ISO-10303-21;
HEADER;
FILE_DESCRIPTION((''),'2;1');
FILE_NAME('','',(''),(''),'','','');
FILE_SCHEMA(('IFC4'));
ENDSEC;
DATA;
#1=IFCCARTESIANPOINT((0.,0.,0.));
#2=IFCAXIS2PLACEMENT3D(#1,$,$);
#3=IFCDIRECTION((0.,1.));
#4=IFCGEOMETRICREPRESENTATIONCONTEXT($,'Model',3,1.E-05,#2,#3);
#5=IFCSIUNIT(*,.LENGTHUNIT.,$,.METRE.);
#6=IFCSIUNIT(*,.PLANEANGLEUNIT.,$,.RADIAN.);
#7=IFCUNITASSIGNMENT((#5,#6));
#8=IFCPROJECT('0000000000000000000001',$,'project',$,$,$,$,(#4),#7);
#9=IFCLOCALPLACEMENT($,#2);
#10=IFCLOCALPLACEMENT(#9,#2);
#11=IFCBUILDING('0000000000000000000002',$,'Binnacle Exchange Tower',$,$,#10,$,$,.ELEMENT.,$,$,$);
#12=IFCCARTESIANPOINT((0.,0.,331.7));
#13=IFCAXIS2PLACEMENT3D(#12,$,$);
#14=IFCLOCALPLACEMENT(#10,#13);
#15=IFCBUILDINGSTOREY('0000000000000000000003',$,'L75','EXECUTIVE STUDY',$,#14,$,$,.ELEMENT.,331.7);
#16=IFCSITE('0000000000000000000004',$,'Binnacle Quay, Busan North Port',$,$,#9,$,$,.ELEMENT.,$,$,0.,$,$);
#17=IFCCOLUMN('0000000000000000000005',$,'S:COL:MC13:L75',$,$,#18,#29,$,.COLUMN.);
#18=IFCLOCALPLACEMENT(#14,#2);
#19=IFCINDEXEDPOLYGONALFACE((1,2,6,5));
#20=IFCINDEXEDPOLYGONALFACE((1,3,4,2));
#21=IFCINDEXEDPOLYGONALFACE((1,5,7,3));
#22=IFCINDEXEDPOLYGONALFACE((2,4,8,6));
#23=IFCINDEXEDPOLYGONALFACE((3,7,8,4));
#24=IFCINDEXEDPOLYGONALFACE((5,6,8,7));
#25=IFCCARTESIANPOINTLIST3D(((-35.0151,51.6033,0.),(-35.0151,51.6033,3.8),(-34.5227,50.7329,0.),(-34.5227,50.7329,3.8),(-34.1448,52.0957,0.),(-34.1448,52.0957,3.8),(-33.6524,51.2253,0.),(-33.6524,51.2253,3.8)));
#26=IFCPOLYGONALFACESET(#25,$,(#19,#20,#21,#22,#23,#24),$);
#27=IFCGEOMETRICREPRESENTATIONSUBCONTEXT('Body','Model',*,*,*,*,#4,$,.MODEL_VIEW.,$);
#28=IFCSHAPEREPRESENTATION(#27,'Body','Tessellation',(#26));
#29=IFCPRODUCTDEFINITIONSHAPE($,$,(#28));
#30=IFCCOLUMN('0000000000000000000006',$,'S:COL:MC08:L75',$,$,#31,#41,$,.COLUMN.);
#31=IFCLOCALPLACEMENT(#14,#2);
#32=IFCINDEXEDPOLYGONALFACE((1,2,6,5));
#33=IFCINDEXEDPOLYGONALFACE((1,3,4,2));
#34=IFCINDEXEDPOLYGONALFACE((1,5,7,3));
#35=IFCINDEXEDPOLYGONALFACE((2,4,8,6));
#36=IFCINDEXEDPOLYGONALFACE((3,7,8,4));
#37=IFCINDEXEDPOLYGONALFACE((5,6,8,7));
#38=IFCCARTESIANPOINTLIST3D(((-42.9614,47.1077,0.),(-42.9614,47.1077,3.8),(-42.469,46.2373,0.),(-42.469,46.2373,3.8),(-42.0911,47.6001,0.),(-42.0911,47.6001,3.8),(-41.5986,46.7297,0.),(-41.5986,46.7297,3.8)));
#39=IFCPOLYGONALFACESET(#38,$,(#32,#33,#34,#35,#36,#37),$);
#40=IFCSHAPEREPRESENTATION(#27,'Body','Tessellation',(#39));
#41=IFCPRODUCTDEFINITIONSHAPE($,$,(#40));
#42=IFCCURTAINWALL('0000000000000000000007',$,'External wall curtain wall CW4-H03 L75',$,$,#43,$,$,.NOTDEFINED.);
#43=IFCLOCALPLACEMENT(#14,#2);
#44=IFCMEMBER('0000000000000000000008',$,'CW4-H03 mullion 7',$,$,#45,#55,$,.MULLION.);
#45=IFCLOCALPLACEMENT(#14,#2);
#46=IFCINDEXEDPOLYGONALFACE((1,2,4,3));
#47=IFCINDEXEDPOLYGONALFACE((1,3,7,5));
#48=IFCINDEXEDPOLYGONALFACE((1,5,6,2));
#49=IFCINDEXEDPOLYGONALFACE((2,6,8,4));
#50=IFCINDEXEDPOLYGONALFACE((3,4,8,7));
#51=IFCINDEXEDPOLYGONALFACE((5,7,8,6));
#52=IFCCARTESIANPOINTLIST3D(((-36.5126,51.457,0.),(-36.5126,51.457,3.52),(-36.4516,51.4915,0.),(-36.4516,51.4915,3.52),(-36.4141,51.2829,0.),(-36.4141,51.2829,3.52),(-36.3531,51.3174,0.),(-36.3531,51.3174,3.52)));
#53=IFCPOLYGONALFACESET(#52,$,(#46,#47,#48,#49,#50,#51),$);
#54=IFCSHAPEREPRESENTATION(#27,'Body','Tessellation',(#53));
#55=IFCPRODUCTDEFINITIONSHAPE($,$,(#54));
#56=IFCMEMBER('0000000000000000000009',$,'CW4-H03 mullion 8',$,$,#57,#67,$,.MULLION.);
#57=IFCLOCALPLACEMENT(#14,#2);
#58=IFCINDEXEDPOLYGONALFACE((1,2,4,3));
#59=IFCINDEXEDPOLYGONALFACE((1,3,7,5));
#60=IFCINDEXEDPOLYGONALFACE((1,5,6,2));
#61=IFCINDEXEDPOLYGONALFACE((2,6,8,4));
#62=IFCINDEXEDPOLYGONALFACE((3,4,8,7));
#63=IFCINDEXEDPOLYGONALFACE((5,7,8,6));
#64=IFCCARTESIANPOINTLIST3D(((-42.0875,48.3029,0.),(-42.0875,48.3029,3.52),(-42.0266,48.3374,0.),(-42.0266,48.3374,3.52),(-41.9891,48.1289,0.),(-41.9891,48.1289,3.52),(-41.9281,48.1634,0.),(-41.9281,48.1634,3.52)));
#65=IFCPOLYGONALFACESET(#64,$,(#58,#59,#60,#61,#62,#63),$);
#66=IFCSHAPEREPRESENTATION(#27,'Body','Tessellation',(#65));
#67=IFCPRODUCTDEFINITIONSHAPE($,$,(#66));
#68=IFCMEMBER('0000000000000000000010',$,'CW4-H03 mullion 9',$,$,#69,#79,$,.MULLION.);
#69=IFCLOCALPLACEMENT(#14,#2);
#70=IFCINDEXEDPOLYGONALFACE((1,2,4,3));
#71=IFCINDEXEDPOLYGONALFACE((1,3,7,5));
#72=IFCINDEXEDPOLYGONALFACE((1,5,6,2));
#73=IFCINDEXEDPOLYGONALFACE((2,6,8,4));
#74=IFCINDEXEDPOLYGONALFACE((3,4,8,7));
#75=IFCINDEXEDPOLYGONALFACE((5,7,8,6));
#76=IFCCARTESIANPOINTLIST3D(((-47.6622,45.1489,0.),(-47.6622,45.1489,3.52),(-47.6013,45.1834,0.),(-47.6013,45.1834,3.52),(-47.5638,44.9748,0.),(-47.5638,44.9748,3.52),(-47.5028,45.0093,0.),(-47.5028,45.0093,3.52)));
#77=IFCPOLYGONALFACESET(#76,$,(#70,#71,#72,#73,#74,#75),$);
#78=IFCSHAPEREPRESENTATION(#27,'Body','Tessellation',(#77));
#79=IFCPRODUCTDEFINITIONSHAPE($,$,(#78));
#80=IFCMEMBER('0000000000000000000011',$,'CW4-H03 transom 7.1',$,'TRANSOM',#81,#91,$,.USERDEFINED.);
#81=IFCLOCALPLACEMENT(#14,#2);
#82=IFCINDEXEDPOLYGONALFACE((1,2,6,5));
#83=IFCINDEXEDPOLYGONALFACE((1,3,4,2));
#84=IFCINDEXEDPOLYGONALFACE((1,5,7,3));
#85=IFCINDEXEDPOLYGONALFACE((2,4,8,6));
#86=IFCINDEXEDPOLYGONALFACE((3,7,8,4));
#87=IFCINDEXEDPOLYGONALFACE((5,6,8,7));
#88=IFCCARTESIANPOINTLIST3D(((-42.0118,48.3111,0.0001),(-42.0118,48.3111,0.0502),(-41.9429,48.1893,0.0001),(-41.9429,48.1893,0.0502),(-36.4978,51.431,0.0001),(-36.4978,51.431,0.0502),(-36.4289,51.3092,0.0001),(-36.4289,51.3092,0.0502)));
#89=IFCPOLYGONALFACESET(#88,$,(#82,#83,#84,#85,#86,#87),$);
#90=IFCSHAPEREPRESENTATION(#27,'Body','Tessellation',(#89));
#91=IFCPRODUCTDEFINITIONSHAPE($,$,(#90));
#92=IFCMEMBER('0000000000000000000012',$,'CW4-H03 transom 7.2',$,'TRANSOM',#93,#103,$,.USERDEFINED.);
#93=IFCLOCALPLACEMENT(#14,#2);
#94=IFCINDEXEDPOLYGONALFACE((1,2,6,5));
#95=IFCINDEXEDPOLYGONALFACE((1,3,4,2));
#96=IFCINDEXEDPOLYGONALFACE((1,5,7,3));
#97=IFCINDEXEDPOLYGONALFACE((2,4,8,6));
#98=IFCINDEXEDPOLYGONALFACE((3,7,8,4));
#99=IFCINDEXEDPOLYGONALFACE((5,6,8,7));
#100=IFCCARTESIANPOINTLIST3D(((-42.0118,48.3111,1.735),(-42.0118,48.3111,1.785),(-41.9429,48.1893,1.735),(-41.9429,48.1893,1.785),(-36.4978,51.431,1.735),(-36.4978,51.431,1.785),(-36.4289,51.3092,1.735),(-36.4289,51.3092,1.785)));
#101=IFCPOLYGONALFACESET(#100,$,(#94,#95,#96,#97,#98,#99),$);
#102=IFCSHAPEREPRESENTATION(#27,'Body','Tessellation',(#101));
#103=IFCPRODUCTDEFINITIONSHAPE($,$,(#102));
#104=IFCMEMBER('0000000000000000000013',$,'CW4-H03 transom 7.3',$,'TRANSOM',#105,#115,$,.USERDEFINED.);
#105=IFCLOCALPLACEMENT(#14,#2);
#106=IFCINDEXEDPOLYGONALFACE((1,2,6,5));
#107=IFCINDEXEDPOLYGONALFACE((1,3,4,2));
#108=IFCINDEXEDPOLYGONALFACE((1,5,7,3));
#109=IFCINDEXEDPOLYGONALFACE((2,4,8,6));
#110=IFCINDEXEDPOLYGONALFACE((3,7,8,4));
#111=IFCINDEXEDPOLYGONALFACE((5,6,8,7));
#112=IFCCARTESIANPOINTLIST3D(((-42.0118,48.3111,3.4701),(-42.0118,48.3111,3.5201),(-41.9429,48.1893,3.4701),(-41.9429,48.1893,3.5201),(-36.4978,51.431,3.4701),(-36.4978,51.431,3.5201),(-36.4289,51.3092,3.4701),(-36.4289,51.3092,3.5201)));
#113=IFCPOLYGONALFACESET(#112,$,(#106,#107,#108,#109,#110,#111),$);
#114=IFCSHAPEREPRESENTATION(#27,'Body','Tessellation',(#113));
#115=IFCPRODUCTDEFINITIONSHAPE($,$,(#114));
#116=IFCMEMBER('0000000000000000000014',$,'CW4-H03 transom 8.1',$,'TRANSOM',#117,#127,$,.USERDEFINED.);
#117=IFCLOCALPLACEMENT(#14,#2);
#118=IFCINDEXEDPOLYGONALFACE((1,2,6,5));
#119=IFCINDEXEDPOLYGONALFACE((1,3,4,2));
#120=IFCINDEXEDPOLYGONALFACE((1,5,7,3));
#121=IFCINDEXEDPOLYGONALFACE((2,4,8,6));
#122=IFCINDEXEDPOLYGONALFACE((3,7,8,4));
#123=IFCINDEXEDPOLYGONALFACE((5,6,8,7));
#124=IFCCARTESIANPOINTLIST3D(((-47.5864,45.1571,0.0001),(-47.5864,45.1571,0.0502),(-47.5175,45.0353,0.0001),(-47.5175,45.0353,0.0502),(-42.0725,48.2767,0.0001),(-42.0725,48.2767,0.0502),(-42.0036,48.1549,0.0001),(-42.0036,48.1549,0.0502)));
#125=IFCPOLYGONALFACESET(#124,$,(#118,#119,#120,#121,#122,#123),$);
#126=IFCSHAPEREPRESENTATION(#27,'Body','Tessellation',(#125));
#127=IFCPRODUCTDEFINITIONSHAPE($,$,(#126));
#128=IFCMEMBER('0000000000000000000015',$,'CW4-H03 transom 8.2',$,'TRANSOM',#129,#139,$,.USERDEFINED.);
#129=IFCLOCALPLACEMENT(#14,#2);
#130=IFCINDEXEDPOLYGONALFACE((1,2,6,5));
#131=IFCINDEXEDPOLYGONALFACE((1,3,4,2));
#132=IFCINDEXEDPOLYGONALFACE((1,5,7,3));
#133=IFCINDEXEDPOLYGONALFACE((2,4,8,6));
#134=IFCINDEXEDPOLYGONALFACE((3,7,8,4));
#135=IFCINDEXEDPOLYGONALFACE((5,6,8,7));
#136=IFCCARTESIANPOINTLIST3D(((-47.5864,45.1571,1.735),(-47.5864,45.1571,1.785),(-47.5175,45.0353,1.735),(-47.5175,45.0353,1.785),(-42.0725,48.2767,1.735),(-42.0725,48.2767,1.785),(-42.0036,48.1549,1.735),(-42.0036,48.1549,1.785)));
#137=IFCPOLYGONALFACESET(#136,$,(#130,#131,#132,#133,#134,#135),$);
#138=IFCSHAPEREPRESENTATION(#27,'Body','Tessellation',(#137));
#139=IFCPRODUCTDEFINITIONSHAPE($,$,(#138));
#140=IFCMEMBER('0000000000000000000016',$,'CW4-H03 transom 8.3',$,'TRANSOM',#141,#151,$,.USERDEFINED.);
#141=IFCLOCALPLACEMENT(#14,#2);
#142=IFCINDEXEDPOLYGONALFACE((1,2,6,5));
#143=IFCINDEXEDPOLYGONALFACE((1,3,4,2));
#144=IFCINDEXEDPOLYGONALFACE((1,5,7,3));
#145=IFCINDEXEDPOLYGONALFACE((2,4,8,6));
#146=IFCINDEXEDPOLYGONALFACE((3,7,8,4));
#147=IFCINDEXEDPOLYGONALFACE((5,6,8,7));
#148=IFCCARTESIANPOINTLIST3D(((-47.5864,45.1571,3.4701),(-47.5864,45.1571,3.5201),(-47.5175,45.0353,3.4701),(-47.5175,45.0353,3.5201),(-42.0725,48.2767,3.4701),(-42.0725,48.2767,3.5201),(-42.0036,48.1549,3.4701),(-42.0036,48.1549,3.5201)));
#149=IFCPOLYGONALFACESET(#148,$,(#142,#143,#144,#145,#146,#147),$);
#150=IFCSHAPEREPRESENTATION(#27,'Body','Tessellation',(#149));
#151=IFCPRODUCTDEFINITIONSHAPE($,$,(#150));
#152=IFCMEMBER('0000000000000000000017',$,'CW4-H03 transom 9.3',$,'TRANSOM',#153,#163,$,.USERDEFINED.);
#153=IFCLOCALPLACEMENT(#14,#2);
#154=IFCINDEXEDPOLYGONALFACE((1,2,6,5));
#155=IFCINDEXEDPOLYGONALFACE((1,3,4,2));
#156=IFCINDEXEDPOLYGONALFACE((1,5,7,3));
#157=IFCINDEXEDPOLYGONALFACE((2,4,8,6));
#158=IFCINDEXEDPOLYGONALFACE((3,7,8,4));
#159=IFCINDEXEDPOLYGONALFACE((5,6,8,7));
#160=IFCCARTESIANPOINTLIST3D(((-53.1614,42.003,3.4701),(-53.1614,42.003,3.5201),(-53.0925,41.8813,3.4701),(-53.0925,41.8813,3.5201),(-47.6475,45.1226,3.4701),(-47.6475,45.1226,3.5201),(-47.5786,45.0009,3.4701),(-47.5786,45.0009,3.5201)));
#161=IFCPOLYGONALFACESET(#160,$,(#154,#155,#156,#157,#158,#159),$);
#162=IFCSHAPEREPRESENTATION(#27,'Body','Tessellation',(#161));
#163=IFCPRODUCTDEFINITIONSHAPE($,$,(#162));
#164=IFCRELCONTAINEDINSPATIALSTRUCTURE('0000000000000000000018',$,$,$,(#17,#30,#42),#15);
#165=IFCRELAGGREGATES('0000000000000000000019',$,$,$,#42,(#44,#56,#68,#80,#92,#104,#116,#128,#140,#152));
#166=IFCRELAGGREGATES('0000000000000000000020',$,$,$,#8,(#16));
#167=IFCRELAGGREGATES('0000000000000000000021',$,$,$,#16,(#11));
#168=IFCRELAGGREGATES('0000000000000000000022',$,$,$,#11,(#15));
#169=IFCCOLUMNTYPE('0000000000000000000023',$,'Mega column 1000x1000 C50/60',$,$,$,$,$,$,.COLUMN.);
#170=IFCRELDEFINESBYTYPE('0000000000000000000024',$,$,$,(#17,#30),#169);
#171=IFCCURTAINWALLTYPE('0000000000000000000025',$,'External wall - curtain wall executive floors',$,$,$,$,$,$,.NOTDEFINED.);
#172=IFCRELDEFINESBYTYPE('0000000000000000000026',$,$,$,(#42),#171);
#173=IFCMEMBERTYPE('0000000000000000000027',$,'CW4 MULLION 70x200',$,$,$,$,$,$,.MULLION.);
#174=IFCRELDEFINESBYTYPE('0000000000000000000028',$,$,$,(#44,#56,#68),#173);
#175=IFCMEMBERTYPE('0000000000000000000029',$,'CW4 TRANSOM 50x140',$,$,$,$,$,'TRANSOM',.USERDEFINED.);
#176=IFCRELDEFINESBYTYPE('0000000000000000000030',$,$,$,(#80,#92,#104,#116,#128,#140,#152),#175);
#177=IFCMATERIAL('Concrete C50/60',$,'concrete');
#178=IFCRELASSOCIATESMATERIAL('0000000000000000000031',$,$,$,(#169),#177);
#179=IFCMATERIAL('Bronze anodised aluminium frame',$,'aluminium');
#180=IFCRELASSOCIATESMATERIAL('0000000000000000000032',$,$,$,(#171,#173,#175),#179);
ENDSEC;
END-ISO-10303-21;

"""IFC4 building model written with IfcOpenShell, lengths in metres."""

from ifc_helpers import new_model, si_unit, direction, frame, origin, origin_2d, place, context, subcontext, project, spatial, rectangle, extrude, material, material_profile, profile_set, type_object, element, aggregate, save


model = new_model("IFC4")

# Units and contexts
model_context = context("Model", 3, precision=1e-05, world=origin(), true_north=direction((0.0, 1.0)))
body_context = subcontext(model_context, "Body", "Model", "MODEL_VIEW")
ifc_project = project(units=[si_unit("LENGTHUNIT", "METRE"), si_unit("PLANEANGLEUNIT", "RADIAN")], contexts=[model_context])

# Site, building, storey
site_placement = place(None, origin())
site = spatial("IfcSite", under=ifc_project, at=site_placement, Name="Binnacle Quay, Busan North Port", CompositionType="ELEMENT", RefElevation=0.0)
building_placement = place(site_placement, origin())
building = spatial("IfcBuilding", under=site, at=building_placement, Name="Binnacle Exchange Tower", CompositionType="ELEMENT")
storey_placement = place(building_placement, frame((0.0, 0.0, 331.7)))
storey = spatial("IfcBuildingStorey", under=building, at=storey_placement, Name="L75", Description="EXECUTIVE STUDY", CompositionType="ELEMENT", Elevation=331.7)

# Columns
ifc_material_1 = material(Name="Concrete C50/60", Category="concrete")
ifc_material_profile_1 = material_profile(ifc_material_1, rectangle(XDim=1.0, YDim=1.0, at=origin_2d()), Name="Mega column 1000x1000 C50/60")
ifc_profile_set_1 = profile_set([ifc_material_profile_1], Name="Concrete C50/60")
column_type = type_object("IfcColumnType", Name="Mega column 1000x1000 C50/60", PredefinedType="COLUMN", material=ifc_profile_set_1)
for number, where, z_axis, x_axis, name in (
    (1, (-34.3337, 51.4143, 0.0), (0.0, 0.0, 1.0), (-0.870356, -0.492424, 0.0), "S:COL:MC13:L75"),
    (2, (-42.28, 46.9187, 0.0), (0.0, 0.0, 1.0), (-0.870356, -0.492424, 0.0), "S:COL:MC08:L75"),
):
    element("IfcColumn", number, at=place(storey_placement, frame(where, z_axis=z_axis, x_axis=x_axis)), inside=storey, type_object=column_type, Name=name, PredefinedType="COLUMN", context=body_context, shape_type="SweptSolid", body=[
        extrude(rectangle(XDim=1.0, YDim=1.0, at=origin_2d()), origin(), (0.0, 0.0, 1.0), 3.8),
    ])

# Curtain wall, members
ifc_material_2 = material(Name="Bronze anodised aluminium frame", Category="aluminium")
curtain_wall_type = type_object("IfcCurtainWallType", Name="External wall - curtain wall executive floors", PredefinedType="NOTDEFINED", material=ifc_material_2)
curtain_wall_placement = place(storey_placement, origin())
curtain_wall = element("IfcCurtainWall", 3, at=curtain_wall_placement, inside=storey, type_object=curtain_wall_type, Name="External wall curtain wall CW4-H03 L75", PredefinedType="NOTDEFINED")
ifc_material_profile_2 = material_profile(ifc_material_2, rectangle(XDim=0.2, YDim=0.0701, at=origin_2d()), Name="AL 70x200")
ifc_profile_set_2 = profile_set([ifc_material_profile_2], Name="Bronze anodised aluminium frame")
member_type_1 = type_object("IfcMemberType", Name="CW4 MULLION 70x200", PredefinedType="MULLION", material=ifc_profile_set_2)
member_1_placement = place(storey_placement, frame((-36.4329, 51.3872, 0.0), z_axis=(0.0, 0.0, 1.0), x_axis=(0.492424, -0.870356, 0.0)))
member_1 = element("IfcMember", 4, at=member_1_placement, type_object=member_type_1, Name="CW4-H03 mullion 7", PredefinedType="MULLION", context=body_context, shape_type="SweptSolid", body=[
    extrude(rectangle(XDim=0.2, YDim=0.0701, at=origin_2d()), origin(), (0.0, 0.0, 1.0), 3.52),
])
member_2_placement = place(storey_placement, frame((-42.0078, 48.2332, 0.0), z_axis=(0.0, 0.0, 1.0), x_axis=(0.492424, -0.870356, 0.0)))
member_2 = element("IfcMember", 5, at=member_2_placement, type_object=member_type_1, Name="CW4-H03 mullion 8", PredefinedType="MULLION", context=body_context, shape_type="SweptSolid", body=[
    extrude(rectangle(XDim=0.2, YDim=0.0701, at=origin_2d()), origin(), (0.0, 0.0, 1.0), 3.52),
])
member_3_placement = place(storey_placement, frame((-47.5825, 45.0791, 0.0), z_axis=(0.0, 0.0, 1.0), x_axis=(0.492424, -0.870356, 0.0)))
member_3 = element("IfcMember", 6, at=member_3_placement, type_object=member_type_1, Name="CW4-H03 mullion 9", PredefinedType="MULLION", context=body_context, shape_type="SweptSolid", body=[
    extrude(rectangle(XDim=0.2, YDim=0.0701, at=origin_2d()), origin(), (0.0, 0.0, 1.0), 3.52),
])
ifc_material_profile_3 = material_profile(ifc_material_2, rectangle(XDim=0.1399, YDim=0.05, at=origin_2d()), Name="AL 140x50")
ifc_profile_set_3 = profile_set([ifc_material_profile_3], Name="Bronze anodised aluminium frame")
member_type_2 = type_object("IfcMemberType", Name="CW4 TRANSOM 50x140", ElementType="TRANSOM", PredefinedType="USERDEFINED", material=ifc_profile_set_3)
member_4_placement = place(storey_placement, frame((-36.4634, 51.3701, 0.0251), z_axis=(-0.870339, -0.492453, 0.0), x_axis=(0.492453, -0.870339, 0.0)))
member_4 = element("IfcMember", 7, at=member_4_placement, type_object=member_type_2, Name="CW4-H03 transom 7.1", ObjectType="TRANSOM", PredefinedType="USERDEFINED", context=body_context, shape_type="SweptSolid", body=[
    extrude(rectangle(XDim=0.1399, YDim=0.05, at=origin_2d()), origin(), (0.0, 0.0, 1.0), 6.3354),
])
member_5_placement = place(storey_placement, frame((-36.4634, 51.3701, 1.76), z_axis=(-0.870339, -0.492453, 0.0), x_axis=(0.492453, -0.870339, 0.0)))
member_5 = element("IfcMember", 8, at=member_5_placement, type_object=member_type_2, Name="CW4-H03 transom 7.2", ObjectType="TRANSOM", PredefinedType="USERDEFINED", context=body_context, shape_type="SweptSolid", body=[
    extrude(rectangle(XDim=0.1399, YDim=0.05, at=origin_2d()), origin(), (0.0, 0.0, 1.0), 6.3354),
])
member_6_placement = place(storey_placement, frame((-36.4634, 51.3701, 3.4951), z_axis=(-0.870339, -0.492453, 0.0), x_axis=(0.492453, -0.870339, 0.0)))
member_6 = element("IfcMember", 9, at=member_6_placement, type_object=member_type_2, Name="CW4-H03 transom 7.3", ObjectType="TRANSOM", PredefinedType="USERDEFINED", context=body_context, shape_type="SweptSolid", body=[
    extrude(rectangle(XDim=0.1399, YDim=0.05, at=origin_2d()), origin(), (0.0, 0.0, 1.0), 6.3354),
])
member_7_placement = place(storey_placement, frame((-42.0381, 48.2158, 0.0251), z_axis=(-0.870355, -0.492424, 0.0), x_axis=(0.492424, -0.870355, 0.0)))
member_7 = element("IfcMember", 10, at=member_7_placement, type_object=member_type_2, Name="CW4-H03 transom 8.1", ObjectType="TRANSOM", PredefinedType="USERDEFINED", context=body_context, shape_type="SweptSolid", body=[
    extrude(rectangle(XDim=0.1399, YDim=0.05, at=origin_2d()), origin(), (0.0, 0.0, 1.0), 6.3352),
])
member_8_placement = place(storey_placement, frame((-42.0381, 48.2158, 1.76), z_axis=(-0.870355, -0.492424, 0.0), x_axis=(0.492424, -0.870355, 0.0)))
member_8 = element("IfcMember", 11, at=member_8_placement, type_object=member_type_2, Name="CW4-H03 transom 8.2", ObjectType="TRANSOM", PredefinedType="USERDEFINED", context=body_context, shape_type="SweptSolid", body=[
    extrude(rectangle(XDim=0.1399, YDim=0.05, at=origin_2d()), origin(), (0.0, 0.0, 1.0), 6.3352),
])
member_9_placement = place(storey_placement, frame((-42.0381, 48.2158, 3.4951), z_axis=(-0.870355, -0.492424, 0.0), x_axis=(0.492424, -0.870355, 0.0)))
member_9 = element("IfcMember", 12, at=member_9_placement, type_object=member_type_2, Name="CW4-H03 transom 8.3", ObjectType="TRANSOM", PredefinedType="USERDEFINED", context=body_context, shape_type="SweptSolid", body=[
    extrude(rectangle(XDim=0.1399, YDim=0.05, at=origin_2d()), origin(), (0.0, 0.0, 1.0), 6.3352),
])
member_10_placement = place(storey_placement, frame((-47.613, 45.0618, 3.4951), z_axis=(-0.870355, -0.492424, 0.0), x_axis=(0.492424, -0.870355, 0.0)))
member_10 = element("IfcMember", 13, at=member_10_placement, type_object=member_type_2, Name="CW4-H03 transom 9.3", ObjectType="TRANSOM", PredefinedType="USERDEFINED", context=body_context, shape_type="SweptSolid", body=[
    extrude(rectangle(XDim=0.1399, YDim=0.05, at=origin_2d()), origin(), (0.0, 0.0, 1.0), 6.3352),
])

aggregate(curtain_wall, [member_1, member_2, member_3, member_4, member_5, member_6, member_7, member_8, member_9, member_10])

save(model, "model.ifc")
